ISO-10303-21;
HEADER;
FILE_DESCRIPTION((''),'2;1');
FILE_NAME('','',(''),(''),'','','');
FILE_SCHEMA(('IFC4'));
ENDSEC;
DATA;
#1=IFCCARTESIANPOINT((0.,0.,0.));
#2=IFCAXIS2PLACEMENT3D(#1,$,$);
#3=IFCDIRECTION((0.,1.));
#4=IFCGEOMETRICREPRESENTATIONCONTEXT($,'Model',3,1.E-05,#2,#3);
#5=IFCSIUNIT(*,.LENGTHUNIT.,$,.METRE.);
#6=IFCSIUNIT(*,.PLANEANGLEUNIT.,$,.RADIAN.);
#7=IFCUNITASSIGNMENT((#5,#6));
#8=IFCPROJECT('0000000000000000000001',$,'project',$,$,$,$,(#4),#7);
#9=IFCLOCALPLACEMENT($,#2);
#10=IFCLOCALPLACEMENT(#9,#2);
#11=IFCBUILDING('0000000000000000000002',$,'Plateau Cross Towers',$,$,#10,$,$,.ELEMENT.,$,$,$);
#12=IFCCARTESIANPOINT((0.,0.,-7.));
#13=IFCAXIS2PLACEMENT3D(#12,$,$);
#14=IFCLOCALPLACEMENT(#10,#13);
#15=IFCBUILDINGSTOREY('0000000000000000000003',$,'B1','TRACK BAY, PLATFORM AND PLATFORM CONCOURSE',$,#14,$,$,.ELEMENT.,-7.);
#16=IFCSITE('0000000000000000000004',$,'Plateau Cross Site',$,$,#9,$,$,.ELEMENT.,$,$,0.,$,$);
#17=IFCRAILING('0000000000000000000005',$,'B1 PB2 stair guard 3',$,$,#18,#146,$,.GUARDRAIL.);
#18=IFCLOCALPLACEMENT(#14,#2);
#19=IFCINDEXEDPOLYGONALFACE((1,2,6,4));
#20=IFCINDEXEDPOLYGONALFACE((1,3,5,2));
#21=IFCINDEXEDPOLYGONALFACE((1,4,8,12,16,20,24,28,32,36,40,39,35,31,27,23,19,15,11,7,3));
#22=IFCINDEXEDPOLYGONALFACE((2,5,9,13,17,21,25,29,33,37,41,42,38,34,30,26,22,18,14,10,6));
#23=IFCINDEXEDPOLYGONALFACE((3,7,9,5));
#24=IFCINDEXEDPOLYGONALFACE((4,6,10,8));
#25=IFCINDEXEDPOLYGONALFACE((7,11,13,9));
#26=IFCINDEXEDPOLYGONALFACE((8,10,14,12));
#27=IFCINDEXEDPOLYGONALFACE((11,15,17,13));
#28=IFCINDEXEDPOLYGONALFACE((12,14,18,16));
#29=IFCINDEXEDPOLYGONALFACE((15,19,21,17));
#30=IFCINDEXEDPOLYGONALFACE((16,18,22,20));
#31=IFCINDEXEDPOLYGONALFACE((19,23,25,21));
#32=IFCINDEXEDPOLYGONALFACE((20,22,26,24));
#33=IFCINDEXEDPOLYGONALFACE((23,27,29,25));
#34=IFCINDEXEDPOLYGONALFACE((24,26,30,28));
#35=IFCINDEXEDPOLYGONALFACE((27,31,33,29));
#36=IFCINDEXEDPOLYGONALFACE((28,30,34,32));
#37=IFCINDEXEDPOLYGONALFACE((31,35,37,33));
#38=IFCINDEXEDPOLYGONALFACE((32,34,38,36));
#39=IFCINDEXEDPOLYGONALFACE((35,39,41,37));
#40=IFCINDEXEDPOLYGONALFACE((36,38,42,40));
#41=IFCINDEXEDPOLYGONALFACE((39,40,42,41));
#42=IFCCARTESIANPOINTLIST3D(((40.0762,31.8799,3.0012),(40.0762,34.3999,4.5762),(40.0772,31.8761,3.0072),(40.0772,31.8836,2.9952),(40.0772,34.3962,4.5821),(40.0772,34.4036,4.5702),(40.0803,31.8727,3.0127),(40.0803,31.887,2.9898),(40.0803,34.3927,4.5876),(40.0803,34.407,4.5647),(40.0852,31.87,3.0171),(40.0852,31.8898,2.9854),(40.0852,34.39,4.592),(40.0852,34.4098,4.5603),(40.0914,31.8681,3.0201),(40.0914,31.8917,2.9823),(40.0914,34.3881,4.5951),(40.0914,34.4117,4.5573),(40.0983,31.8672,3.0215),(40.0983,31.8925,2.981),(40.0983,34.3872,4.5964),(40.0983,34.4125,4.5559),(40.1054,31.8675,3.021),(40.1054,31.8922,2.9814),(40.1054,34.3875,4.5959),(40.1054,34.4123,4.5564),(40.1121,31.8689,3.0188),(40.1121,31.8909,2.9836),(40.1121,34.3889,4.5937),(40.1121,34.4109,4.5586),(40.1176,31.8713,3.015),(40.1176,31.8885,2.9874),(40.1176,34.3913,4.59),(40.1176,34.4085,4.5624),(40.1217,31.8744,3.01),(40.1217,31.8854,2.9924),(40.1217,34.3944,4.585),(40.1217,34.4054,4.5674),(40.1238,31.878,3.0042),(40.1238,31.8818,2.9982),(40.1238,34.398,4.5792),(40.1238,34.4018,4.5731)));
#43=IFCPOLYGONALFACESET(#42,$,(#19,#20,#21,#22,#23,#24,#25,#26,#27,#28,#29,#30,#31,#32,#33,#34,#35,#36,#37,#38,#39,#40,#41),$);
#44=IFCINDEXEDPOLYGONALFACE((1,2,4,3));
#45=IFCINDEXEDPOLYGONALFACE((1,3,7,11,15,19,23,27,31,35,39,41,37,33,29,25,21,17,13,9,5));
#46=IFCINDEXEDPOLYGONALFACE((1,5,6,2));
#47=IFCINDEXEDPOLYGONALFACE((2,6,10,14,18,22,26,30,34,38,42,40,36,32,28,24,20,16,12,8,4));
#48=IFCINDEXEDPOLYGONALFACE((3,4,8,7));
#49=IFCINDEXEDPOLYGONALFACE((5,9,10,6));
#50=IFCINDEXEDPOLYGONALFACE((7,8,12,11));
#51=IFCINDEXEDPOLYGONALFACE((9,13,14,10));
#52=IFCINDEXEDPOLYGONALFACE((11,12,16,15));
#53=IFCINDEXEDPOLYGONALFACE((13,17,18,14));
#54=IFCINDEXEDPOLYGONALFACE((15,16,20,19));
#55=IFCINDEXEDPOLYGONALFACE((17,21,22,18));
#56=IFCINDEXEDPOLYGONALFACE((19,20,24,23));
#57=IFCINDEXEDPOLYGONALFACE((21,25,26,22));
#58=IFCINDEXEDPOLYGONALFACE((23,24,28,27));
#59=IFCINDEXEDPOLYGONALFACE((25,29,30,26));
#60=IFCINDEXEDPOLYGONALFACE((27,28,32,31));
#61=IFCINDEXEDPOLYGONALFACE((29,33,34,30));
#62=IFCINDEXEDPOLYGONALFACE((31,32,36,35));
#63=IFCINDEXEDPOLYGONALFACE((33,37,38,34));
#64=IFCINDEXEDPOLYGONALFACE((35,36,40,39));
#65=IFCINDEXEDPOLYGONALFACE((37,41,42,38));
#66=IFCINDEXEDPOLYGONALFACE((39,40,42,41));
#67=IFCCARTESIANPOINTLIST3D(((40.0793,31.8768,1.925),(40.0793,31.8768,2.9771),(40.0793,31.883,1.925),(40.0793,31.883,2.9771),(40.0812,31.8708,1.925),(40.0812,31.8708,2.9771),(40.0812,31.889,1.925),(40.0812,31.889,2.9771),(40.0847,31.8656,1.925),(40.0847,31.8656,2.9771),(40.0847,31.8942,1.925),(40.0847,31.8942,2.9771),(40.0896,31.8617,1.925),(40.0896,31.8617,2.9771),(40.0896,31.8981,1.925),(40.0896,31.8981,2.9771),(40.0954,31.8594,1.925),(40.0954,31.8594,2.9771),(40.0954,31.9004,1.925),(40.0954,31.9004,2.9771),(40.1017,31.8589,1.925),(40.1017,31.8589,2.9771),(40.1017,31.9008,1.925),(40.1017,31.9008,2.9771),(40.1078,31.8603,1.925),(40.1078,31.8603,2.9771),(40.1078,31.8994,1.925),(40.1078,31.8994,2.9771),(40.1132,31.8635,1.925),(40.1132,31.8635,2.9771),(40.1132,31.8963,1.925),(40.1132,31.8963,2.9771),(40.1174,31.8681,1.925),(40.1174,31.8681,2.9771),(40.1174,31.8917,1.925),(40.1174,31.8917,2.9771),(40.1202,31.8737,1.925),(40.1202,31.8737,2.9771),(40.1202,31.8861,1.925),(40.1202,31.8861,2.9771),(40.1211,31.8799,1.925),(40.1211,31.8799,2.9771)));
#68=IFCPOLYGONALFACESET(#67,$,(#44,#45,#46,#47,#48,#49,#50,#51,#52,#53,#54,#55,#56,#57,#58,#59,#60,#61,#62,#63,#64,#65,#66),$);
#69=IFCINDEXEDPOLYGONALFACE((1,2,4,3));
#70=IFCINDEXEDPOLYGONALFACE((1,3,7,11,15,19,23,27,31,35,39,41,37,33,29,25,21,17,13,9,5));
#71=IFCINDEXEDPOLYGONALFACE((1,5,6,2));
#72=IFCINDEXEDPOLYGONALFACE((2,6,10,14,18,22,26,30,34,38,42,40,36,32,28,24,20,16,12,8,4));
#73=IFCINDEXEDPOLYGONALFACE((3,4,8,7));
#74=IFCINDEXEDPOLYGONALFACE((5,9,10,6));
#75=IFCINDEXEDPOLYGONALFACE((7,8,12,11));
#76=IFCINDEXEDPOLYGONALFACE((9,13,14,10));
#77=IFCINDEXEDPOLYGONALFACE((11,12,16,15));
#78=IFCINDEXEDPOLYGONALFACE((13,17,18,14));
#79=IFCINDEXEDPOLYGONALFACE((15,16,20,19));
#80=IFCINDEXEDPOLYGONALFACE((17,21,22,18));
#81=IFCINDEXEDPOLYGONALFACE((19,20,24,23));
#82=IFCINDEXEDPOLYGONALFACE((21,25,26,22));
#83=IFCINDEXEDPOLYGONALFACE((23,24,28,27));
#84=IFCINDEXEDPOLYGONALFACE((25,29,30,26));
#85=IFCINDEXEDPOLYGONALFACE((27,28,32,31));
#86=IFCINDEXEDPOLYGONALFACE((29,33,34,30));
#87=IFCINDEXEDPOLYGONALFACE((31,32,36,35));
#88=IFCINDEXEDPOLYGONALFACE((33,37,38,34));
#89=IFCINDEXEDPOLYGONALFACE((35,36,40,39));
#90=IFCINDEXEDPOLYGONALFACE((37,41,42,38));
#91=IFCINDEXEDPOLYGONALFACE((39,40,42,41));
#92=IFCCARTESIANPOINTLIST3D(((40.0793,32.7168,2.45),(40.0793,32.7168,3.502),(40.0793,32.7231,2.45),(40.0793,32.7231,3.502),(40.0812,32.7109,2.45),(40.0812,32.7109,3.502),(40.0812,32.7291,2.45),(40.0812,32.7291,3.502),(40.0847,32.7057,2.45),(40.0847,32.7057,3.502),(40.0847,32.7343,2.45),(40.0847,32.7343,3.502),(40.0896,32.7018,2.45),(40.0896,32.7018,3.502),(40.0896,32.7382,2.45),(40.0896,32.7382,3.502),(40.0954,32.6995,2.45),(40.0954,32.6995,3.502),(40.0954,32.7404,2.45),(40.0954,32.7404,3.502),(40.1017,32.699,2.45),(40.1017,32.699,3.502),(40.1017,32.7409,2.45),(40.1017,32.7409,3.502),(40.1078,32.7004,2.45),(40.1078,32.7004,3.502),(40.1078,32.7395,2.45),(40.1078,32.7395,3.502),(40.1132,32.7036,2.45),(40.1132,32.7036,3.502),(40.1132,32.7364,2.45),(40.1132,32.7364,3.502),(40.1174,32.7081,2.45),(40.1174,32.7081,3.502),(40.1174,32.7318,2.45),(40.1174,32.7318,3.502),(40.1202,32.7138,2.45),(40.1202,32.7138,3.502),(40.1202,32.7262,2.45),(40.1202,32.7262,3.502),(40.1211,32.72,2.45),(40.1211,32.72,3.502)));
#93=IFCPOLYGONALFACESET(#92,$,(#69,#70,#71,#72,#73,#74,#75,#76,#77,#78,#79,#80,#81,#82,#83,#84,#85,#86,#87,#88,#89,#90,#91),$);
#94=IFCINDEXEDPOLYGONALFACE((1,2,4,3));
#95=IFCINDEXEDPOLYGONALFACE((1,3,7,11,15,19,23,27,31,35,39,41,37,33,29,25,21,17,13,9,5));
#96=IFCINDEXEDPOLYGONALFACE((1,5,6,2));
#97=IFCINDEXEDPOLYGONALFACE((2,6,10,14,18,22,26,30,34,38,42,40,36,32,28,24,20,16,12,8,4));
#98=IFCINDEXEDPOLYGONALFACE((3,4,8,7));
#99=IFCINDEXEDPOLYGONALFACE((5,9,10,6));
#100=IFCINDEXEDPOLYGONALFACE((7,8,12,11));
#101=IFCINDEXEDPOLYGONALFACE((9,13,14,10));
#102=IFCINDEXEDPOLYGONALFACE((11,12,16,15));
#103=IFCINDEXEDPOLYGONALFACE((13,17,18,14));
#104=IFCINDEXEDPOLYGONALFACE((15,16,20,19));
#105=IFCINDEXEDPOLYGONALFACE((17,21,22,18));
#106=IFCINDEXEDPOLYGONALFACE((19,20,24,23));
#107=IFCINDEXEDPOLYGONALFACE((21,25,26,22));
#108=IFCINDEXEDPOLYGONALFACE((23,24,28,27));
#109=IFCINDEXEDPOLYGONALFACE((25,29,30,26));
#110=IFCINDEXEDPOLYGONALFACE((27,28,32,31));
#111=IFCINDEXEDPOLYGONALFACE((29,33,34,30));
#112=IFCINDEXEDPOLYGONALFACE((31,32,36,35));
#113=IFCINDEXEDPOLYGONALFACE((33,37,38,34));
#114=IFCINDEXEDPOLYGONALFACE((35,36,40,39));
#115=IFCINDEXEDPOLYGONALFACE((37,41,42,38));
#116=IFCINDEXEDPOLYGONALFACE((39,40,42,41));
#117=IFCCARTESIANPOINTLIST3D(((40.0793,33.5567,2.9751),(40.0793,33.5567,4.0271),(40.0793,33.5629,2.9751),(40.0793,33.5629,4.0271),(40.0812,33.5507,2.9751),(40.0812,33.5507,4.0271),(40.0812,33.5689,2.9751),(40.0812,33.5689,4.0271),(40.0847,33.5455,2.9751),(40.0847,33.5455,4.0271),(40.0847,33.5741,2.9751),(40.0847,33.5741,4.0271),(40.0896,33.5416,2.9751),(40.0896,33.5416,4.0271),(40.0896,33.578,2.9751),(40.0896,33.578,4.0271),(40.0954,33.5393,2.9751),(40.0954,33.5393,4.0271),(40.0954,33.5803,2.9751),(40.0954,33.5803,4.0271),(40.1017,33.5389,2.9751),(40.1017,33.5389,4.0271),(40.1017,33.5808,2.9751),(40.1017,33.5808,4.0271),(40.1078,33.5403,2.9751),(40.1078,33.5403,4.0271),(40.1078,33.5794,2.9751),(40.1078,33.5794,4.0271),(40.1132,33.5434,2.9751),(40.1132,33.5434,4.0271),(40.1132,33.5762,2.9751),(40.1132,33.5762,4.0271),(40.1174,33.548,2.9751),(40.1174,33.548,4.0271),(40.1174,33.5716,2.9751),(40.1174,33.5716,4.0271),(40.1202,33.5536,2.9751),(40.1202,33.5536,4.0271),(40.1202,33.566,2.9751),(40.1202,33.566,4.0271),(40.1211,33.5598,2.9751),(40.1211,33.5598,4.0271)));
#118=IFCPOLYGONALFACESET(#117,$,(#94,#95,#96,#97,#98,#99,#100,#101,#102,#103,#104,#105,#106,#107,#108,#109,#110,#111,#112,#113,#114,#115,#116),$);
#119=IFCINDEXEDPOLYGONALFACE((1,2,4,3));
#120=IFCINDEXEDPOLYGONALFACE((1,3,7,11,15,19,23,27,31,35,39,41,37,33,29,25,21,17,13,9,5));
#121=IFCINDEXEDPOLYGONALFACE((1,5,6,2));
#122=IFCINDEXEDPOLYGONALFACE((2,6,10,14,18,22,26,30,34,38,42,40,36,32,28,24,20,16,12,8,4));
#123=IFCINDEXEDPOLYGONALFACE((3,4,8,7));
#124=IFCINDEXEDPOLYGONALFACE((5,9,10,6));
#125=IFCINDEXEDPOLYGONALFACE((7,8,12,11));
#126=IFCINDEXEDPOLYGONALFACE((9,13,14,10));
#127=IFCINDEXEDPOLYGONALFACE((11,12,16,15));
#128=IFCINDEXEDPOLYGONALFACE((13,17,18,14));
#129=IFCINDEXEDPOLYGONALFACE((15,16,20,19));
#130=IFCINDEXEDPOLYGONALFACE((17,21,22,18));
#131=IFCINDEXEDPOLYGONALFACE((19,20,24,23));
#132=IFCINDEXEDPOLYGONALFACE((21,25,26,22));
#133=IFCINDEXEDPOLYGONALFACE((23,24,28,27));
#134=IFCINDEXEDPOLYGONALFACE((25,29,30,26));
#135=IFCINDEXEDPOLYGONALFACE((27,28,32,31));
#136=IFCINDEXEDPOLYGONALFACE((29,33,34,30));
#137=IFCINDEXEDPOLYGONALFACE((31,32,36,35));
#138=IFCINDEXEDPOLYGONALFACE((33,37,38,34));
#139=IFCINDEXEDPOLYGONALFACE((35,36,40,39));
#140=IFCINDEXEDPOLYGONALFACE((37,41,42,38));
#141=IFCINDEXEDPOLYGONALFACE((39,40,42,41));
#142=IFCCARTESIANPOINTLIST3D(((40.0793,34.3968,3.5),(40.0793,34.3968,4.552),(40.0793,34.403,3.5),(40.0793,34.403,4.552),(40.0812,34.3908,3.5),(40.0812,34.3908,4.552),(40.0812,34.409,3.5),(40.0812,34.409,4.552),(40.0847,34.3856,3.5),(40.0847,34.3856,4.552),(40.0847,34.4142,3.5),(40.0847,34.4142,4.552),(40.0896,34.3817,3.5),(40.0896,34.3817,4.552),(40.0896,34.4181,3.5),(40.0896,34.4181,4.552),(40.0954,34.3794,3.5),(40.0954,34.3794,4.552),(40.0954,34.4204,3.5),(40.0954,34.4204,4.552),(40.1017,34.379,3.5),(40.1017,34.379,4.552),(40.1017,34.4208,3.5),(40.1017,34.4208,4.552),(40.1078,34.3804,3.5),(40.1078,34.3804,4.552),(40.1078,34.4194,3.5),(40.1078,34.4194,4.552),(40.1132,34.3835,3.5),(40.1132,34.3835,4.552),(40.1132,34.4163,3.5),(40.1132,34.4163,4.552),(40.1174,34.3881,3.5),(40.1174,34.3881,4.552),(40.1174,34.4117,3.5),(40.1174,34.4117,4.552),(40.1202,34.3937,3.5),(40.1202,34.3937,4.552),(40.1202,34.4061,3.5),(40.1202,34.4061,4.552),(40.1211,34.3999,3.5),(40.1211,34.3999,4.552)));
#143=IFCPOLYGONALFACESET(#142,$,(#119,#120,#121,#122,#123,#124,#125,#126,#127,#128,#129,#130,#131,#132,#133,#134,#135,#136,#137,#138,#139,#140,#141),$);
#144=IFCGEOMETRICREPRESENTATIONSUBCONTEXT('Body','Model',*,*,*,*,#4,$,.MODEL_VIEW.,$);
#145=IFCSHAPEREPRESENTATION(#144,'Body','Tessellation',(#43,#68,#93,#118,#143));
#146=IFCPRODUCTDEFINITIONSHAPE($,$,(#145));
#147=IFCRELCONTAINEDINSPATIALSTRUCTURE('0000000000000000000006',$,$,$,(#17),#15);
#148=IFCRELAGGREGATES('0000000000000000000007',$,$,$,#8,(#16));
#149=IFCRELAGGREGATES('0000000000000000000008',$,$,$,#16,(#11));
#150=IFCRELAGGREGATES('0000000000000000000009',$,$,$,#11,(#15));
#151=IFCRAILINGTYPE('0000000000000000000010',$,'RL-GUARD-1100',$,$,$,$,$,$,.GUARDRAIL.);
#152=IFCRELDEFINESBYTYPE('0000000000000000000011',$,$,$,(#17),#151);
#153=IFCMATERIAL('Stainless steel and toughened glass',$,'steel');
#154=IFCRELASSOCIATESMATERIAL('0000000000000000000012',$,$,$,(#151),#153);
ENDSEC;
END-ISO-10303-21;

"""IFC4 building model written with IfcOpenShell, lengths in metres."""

from ifc_helpers import new_model, si_unit, direction, frame, origin, origin_2d, place, context, subcontext, project, spatial, circle, extrude, material, type_object, element, save


model = new_model("IFC4")

# Units and contexts
model_context = context("Model", 3, precision=1e-05, world=origin(), true_north=direction((0.0, 1.0)))
body_context = subcontext(model_context, "Body", "Model", "MODEL_VIEW")
ifc_project = project(units=[si_unit("LENGTHUNIT", "METRE"), si_unit("PLANEANGLEUNIT", "RADIAN")], contexts=[model_context])

# Site, building, storey
site_placement = place(None, origin())
site = spatial("IfcSite", under=ifc_project, at=site_placement, Name="Plateau Cross Site", CompositionType="ELEMENT", RefElevation=0.0)
building_placement = place(site_placement, origin())
building = spatial("IfcBuilding", under=site, at=building_placement, Name="Plateau Cross Towers", CompositionType="ELEMENT")
storey_placement = place(building_placement, frame((0.0, 0.0, -7.0)))
storey = spatial("IfcBuildingStorey", under=building, at=storey_placement, Name="B1", Description="TRACK BAY, PLATFORM AND PLATFORM CONCOURSE", CompositionType="ELEMENT", Elevation=-7.0)

# Railing
ifc_material_1 = material(Name="Stainless steel and toughened glass", Category="steel")
railing_type_1 = type_object("IfcRailingType", Name="RL-GUARD-1100", PredefinedType="GUARDRAIL", material=ifc_material_1)
railing_1_placement = place(storey_placement, frame((40.1001, 31.8799, 1.925)))
element("IfcRailing", 1, at=railing_1_placement, inside=storey, type_object=railing_type_1, Name="B1 PB2 stair guard 3", PredefinedType="GUARDRAIL", context=body_context, shape_type="SweptSolid", body=[
    extrude(circle(Radius=0.0239, at=origin_2d()), frame((0.0, 0.0, 1.0762), z_axis=(0.0, 0.848008, 0.529984), x_axis=(-1.0, 0.0, 0.0)), (0.0, 0.0, 1.0), 2.9717),
    extrude(circle(Radius=0.021, at=origin_2d()), origin(), (0.0, 0.0, 1.0), 1.052),
    extrude(circle(Radius=0.021, at=origin_2d()), frame((0.0, 0.8401, 0.5249)), (0.0, 0.0, 1.0), 1.052),
    extrude(circle(Radius=0.021, at=origin_2d()), frame((0.0, 1.6799, 1.05)), (0.0, 0.0, 1.0), 1.052),
    extrude(circle(Radius=0.021, at=origin_2d()), frame((0.0, 2.52, 1.575)), (0.0, 0.0, 1.0), 1.052),
])

save(model, "model.ifc")
